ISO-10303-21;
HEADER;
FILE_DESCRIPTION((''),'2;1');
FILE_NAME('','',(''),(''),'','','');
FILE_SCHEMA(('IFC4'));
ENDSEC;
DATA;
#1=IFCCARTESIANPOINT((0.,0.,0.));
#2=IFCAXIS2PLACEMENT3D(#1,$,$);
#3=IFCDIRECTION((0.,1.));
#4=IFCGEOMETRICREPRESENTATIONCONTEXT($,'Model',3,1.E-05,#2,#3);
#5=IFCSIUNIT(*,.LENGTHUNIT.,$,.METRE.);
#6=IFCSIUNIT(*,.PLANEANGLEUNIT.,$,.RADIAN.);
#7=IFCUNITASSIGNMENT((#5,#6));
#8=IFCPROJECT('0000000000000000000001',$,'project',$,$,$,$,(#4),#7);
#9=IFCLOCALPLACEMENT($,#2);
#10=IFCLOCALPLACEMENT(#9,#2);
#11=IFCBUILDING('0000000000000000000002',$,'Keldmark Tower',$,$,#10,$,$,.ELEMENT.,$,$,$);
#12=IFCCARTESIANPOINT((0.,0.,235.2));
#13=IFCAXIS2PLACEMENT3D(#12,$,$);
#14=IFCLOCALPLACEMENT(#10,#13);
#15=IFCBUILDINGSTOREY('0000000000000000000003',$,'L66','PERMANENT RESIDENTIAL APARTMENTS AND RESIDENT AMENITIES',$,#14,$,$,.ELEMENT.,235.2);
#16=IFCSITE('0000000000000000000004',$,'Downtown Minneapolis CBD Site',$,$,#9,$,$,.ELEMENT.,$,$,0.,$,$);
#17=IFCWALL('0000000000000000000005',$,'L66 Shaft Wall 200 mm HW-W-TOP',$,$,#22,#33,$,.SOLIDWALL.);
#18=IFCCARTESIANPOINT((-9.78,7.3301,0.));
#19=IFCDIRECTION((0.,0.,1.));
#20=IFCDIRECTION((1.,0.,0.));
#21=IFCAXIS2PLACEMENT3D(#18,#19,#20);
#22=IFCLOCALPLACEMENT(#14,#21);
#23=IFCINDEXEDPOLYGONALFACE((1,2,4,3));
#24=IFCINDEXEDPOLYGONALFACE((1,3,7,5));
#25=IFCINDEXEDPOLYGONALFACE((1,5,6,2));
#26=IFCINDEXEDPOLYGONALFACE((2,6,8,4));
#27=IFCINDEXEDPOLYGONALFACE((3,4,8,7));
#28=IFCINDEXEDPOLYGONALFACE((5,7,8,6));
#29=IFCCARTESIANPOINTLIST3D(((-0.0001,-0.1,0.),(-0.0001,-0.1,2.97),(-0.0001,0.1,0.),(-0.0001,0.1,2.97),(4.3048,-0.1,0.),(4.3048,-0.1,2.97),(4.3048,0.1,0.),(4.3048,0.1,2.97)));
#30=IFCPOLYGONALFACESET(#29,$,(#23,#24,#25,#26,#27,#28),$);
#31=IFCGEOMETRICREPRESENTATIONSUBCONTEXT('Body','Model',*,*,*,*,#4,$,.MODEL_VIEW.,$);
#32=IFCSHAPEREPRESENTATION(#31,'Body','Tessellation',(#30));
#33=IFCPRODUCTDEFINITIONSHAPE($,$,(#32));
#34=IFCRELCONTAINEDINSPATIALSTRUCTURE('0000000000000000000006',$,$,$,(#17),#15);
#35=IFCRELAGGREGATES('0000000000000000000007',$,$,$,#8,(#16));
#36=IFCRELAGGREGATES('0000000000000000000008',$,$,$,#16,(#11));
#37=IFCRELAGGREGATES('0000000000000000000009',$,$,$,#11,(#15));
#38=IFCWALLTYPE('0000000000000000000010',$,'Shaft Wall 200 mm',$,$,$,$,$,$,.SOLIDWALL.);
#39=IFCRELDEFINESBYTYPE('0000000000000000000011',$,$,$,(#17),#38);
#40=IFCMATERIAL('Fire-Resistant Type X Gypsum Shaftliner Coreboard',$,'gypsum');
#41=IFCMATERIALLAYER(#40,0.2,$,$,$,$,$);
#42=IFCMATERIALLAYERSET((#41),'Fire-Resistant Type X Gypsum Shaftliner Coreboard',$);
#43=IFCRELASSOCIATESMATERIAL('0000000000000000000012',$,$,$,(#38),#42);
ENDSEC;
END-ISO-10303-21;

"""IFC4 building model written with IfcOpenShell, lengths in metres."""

from ifc_helpers import new_model, si_unit, direction, frame, frame_2d, origin, place, context, subcontext, project, spatial, rectangle, extrude, material, layer, layer_set, type_object, element, save


model = new_model("IFC4")

# Units and contexts
model_context = context("Model", 3, precision=1e-05, world=origin(), true_north=direction((0.0, 1.0)))
body_context = subcontext(model_context, "Body", "Model", "MODEL_VIEW")
ifc_project = project(units=[si_unit("LENGTHUNIT", "METRE"), si_unit("PLANEANGLEUNIT", "RADIAN")], contexts=[model_context])

# Site, building, storey
site_placement = place(None, origin())
site = spatial("IfcSite", under=ifc_project, at=site_placement, Name="Downtown Minneapolis CBD Site", CompositionType="ELEMENT", RefElevation=0.0)
building_placement = place(site_placement, origin())
building = spatial("IfcBuilding", under=site, at=building_placement, Name="Keldmark Tower", CompositionType="ELEMENT")
storey_placement = place(building_placement, frame((0.0, 0.0, 235.2)))
storey = spatial("IfcBuildingStorey", under=building, at=storey_placement, Name="L66", Description="PERMANENT RESIDENTIAL APARTMENTS AND RESIDENT AMENITIES", CompositionType="ELEMENT", Elevation=235.2)

# Shared definitions
ifc_material_1 = material(Name="Fire-Resistant Type X Gypsum Shaftliner Coreboard", Category="gypsum")
ifc_layer_1 = layer(ifc_material_1, 0.2)
ifc_layer_set_1 = layer_set([ifc_layer_1], Name="Fire-Resistant Type X Gypsum Shaftliner Coreboard")
wall_type_1 = type_object("IfcWallType", Name="Shaft Wall 200 mm", PredefinedType="SOLIDWALL", material=ifc_layer_set_1)

# Wall
wall_1_placement = place(storey_placement, frame((-9.78, 7.3301, 0.0), z_axis=(0.0, 0.0, 1.0), x_axis=(1.0, 0.0, 0.0)))
element("IfcWall", 1, at=wall_1_placement, inside=storey, type_object=wall_type_1, Name="L66 Shaft Wall 200 mm HW-W-TOP", PredefinedType="SOLIDWALL", context=body_context, shape_type="SweptSolid", body=[
    extrude(rectangle(XDim=4.3049, YDim=0.2, at=frame_2d((2.1523, 0.0))), origin(), (0.0, 0.0, 1.0), 2.97),
])

save(model, "model.ifc")
